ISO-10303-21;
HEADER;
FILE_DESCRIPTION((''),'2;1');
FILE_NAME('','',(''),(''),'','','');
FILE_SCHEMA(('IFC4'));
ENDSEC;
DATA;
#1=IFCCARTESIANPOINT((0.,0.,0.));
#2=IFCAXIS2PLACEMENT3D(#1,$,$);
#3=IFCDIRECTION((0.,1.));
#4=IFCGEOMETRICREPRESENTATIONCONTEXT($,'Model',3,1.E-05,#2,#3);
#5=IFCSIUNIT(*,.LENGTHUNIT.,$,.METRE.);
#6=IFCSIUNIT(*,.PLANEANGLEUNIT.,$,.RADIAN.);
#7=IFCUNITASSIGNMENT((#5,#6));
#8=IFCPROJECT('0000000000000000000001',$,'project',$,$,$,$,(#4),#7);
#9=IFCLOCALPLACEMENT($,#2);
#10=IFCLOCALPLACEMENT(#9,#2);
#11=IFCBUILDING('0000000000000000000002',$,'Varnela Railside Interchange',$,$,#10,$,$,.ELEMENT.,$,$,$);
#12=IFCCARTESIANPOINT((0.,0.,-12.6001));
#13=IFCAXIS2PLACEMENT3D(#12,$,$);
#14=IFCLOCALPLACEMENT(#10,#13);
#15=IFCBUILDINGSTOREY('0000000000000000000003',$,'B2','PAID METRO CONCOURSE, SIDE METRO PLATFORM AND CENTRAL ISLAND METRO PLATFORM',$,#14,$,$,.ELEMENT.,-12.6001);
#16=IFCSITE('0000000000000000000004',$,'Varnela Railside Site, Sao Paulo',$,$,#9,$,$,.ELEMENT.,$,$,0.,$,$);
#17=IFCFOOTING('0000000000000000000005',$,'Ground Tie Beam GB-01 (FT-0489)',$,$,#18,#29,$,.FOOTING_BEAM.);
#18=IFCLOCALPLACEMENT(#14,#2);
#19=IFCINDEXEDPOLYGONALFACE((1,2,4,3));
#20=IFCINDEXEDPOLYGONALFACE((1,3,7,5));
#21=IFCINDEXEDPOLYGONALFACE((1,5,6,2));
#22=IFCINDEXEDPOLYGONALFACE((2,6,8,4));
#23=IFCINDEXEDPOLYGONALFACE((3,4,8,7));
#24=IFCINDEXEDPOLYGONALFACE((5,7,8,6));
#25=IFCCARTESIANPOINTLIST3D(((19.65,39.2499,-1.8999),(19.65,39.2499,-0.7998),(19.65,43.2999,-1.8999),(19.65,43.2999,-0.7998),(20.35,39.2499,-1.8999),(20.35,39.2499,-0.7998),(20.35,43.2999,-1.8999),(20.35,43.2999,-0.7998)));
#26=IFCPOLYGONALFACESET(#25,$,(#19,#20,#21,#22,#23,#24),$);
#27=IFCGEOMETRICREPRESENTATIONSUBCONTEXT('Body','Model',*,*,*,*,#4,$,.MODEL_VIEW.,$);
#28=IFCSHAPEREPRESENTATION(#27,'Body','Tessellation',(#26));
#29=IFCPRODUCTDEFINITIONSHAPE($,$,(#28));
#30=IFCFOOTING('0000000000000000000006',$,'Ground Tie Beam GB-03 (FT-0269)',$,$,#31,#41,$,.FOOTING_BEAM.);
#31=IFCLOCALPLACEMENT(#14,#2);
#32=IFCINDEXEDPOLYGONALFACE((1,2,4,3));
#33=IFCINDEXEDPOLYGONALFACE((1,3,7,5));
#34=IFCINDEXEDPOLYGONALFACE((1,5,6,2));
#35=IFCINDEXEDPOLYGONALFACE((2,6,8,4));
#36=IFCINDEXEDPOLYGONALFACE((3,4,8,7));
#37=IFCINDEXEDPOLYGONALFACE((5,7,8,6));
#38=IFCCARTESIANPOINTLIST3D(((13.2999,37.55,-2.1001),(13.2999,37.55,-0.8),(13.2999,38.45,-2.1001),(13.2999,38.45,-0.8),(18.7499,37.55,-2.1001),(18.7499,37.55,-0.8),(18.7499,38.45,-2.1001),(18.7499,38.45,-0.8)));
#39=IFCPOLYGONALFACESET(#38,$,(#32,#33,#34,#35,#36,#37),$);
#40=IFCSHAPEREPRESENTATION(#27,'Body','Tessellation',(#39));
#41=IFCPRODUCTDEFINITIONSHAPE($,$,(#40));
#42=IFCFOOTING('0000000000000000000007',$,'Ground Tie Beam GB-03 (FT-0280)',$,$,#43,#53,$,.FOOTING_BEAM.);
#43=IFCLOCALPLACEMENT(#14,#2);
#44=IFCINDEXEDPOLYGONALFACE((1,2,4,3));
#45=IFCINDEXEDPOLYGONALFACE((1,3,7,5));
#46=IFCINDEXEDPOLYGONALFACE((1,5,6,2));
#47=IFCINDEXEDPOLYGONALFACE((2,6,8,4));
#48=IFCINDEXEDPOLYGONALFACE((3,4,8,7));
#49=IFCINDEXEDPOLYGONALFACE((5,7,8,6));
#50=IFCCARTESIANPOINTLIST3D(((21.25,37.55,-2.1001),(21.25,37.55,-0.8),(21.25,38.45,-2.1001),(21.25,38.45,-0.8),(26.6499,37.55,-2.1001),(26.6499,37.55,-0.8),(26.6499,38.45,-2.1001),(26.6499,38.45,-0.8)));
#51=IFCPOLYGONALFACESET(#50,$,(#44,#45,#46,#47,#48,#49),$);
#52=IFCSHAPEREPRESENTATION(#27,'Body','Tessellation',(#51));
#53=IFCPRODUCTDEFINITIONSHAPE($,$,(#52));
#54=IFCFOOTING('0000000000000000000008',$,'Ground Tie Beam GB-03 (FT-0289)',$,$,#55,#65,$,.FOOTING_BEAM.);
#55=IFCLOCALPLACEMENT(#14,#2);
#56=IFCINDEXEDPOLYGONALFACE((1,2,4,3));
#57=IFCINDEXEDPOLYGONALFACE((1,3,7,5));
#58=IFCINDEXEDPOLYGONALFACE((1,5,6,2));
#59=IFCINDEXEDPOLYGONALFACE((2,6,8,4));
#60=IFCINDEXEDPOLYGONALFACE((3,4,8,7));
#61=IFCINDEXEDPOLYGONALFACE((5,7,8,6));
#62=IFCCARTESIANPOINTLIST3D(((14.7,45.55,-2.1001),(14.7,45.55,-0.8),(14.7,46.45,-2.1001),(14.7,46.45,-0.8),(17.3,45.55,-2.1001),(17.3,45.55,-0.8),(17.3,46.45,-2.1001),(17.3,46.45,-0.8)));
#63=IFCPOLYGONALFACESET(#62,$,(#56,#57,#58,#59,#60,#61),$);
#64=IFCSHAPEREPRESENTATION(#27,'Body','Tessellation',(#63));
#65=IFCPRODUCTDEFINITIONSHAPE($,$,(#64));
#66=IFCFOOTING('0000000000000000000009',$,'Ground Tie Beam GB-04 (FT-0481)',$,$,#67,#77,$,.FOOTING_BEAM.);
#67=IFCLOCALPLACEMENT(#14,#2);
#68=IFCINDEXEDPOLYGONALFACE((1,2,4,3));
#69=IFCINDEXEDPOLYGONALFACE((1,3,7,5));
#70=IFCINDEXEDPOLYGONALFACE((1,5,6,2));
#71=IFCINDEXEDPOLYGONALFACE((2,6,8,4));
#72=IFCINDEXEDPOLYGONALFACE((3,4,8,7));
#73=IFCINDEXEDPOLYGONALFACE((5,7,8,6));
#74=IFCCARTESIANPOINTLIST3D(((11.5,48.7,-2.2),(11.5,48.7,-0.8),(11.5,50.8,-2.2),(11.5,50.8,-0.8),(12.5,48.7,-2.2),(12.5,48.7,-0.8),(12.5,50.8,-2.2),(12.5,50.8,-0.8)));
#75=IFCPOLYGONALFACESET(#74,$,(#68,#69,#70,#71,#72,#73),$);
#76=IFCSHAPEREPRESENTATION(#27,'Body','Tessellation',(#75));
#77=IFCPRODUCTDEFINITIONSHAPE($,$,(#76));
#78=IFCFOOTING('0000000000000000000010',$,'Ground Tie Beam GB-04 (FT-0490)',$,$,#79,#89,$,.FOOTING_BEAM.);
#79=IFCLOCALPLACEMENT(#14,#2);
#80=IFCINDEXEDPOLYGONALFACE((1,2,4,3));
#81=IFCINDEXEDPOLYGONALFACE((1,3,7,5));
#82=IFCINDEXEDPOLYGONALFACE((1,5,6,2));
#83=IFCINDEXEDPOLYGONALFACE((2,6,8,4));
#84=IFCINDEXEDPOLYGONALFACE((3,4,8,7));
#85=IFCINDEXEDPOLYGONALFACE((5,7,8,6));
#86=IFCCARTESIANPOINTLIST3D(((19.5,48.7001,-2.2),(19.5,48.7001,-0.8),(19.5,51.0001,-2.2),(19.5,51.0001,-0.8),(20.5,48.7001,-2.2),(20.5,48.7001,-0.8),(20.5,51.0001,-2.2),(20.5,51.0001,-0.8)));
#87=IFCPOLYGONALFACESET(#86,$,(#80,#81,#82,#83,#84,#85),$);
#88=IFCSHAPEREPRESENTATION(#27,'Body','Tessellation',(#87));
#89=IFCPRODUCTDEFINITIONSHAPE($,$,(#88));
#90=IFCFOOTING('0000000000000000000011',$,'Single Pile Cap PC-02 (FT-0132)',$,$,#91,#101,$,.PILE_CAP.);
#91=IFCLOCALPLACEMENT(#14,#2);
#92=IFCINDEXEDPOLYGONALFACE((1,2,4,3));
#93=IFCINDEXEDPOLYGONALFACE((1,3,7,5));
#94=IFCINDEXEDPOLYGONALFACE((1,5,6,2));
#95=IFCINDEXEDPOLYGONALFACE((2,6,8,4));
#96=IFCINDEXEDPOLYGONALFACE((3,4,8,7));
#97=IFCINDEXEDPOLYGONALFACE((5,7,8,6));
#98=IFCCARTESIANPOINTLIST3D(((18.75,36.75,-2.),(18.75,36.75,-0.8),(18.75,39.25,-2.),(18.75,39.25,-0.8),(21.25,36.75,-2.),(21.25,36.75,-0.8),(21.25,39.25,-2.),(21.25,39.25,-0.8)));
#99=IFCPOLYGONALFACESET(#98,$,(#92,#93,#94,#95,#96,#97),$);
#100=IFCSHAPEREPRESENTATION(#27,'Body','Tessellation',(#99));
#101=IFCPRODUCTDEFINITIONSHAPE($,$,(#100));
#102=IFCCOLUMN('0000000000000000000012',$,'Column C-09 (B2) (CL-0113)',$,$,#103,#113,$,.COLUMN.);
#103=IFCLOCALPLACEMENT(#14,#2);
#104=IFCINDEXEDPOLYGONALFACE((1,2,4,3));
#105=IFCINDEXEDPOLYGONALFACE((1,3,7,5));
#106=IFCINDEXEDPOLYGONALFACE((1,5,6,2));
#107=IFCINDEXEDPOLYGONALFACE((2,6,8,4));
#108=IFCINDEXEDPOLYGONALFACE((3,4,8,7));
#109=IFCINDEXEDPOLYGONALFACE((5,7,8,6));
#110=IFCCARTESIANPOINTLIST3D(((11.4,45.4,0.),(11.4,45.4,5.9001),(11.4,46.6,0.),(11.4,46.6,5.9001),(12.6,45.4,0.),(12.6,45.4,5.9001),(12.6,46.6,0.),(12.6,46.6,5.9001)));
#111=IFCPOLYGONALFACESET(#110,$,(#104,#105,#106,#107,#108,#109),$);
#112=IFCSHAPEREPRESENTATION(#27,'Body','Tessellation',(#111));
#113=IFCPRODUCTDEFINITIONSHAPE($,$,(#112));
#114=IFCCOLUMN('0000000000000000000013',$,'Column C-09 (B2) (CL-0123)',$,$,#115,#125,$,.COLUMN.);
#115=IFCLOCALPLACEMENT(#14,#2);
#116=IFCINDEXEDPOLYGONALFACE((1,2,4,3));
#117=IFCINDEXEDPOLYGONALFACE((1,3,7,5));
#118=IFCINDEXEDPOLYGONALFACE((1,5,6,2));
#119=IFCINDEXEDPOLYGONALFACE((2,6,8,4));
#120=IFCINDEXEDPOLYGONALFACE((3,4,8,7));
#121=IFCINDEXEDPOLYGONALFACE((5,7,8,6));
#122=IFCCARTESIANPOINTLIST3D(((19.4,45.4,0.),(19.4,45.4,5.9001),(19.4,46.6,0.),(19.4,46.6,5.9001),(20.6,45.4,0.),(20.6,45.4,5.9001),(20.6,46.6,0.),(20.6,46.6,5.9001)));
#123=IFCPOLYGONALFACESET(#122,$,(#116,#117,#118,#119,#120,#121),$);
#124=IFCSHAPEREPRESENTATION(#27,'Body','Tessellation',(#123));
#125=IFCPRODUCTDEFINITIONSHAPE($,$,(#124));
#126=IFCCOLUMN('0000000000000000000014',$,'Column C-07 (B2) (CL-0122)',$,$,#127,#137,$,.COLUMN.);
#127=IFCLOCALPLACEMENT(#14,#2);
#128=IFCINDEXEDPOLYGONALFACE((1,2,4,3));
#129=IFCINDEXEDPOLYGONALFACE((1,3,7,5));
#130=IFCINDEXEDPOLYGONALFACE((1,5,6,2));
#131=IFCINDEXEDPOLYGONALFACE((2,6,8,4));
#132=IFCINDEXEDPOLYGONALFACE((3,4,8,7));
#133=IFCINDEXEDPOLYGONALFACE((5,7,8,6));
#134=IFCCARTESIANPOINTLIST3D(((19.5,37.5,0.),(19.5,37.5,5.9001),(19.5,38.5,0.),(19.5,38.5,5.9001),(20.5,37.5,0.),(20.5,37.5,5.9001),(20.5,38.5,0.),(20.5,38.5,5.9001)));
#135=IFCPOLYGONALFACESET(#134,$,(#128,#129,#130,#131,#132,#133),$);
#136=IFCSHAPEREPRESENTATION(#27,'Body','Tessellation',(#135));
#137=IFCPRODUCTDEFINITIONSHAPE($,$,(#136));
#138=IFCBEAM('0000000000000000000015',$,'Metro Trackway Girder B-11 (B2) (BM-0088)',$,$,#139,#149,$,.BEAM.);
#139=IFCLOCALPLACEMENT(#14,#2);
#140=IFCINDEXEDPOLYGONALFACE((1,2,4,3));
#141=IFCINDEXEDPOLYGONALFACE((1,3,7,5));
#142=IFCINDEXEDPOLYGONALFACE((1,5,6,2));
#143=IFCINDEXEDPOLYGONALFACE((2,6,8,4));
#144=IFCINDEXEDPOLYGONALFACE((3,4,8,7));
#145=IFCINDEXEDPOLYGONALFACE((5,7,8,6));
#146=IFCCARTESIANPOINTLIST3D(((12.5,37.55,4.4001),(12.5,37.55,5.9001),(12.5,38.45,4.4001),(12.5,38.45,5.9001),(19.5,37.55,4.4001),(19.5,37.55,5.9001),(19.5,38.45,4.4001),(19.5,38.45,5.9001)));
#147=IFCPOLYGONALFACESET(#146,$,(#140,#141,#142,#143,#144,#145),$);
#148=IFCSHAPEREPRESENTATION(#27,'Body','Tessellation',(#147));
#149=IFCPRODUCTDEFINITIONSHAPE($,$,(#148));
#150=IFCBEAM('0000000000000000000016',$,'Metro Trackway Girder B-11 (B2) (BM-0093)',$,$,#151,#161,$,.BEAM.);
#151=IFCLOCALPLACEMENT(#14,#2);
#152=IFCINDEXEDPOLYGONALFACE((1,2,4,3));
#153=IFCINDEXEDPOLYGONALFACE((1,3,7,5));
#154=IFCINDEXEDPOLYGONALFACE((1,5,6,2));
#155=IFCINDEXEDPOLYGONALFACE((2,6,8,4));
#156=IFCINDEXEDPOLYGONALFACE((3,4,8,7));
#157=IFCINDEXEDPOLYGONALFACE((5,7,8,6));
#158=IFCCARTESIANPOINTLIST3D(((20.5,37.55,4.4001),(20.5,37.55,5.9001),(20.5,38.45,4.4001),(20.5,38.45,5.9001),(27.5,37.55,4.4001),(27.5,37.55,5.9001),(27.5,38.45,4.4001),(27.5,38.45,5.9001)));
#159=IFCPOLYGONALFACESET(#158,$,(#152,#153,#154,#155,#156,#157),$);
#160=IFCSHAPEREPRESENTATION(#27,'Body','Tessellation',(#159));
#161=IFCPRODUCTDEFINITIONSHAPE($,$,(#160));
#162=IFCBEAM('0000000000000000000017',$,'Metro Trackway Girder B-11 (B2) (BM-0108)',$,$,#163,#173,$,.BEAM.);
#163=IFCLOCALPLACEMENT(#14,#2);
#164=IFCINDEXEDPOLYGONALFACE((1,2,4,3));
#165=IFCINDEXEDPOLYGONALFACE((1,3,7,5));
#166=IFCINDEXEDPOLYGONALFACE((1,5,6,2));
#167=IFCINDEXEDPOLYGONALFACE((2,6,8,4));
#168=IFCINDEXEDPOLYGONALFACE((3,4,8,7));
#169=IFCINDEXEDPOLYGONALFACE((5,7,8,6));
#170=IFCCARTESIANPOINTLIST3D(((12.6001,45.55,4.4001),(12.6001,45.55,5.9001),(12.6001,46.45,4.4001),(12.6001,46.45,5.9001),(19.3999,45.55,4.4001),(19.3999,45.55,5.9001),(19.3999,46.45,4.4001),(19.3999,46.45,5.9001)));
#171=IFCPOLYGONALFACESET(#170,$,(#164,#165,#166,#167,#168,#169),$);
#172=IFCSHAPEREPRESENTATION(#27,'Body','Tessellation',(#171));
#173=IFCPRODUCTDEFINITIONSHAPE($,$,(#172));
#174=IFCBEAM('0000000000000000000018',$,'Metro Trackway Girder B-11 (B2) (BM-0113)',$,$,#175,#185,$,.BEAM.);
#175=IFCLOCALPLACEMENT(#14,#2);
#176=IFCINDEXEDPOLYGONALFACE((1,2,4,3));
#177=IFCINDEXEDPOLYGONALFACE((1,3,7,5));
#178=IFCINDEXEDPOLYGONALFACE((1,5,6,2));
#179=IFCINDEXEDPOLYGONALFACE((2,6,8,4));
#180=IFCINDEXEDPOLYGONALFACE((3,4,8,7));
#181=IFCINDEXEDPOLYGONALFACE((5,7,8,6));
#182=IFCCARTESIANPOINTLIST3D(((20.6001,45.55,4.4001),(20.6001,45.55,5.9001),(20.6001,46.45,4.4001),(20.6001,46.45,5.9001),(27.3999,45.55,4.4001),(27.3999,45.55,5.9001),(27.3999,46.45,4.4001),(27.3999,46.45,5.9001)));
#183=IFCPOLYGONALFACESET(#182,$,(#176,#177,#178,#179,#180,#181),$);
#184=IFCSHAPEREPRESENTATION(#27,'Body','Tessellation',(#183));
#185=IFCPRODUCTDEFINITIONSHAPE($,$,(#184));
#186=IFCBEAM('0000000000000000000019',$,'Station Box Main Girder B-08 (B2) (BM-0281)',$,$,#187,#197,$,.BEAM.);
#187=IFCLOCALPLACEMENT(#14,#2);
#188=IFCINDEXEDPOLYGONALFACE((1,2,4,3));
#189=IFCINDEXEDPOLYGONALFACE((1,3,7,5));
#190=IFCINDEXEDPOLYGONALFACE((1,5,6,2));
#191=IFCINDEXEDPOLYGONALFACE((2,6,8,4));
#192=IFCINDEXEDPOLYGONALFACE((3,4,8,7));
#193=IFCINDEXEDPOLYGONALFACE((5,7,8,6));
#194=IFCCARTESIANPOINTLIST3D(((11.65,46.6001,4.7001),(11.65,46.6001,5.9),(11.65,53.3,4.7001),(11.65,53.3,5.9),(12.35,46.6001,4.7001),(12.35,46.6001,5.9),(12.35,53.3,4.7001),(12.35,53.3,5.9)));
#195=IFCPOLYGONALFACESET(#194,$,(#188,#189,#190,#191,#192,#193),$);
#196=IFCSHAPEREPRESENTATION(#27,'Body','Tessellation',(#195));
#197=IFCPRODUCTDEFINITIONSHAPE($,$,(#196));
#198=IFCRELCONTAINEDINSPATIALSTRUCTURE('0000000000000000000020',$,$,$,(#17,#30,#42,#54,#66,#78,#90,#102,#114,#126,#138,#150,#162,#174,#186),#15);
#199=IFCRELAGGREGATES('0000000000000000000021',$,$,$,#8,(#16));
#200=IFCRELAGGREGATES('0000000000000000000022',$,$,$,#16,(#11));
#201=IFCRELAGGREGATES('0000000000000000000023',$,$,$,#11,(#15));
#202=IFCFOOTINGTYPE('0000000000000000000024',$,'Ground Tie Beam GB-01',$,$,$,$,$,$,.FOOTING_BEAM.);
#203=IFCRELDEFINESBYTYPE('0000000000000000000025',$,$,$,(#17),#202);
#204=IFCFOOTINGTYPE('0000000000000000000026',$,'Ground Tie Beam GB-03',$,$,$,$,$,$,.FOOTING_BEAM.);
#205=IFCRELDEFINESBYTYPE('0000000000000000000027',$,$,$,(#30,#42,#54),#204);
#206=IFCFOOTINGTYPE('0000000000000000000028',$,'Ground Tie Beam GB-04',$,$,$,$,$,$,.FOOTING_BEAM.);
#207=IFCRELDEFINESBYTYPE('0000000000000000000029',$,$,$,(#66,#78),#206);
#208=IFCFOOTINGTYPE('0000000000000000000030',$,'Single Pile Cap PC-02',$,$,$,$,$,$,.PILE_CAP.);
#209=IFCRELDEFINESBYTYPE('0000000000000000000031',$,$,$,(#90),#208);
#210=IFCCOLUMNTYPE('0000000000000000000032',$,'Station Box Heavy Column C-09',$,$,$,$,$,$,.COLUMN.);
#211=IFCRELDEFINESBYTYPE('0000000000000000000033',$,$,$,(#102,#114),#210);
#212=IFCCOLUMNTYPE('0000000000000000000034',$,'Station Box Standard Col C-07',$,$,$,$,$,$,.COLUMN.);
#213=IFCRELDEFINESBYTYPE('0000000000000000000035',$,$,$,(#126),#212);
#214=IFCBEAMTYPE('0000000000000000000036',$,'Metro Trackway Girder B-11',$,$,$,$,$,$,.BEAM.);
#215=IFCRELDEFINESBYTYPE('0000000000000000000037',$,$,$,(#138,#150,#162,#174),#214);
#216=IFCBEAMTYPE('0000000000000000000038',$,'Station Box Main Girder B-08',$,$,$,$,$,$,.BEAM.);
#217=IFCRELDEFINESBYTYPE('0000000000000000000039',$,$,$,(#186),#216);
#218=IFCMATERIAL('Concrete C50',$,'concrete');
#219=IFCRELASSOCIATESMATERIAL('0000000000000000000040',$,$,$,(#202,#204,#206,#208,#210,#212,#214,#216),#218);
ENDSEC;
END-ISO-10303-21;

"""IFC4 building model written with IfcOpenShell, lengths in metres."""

from ifc_helpers import new_model, si_unit, direction, frame, origin, origin_2d, place, context, subcontext, project, spatial, rectangle, extrude, material, material_profile, profile_set, type_object, element, save


model = new_model("IFC4")

# Units and contexts
model_context = context("Model", 3, precision=1e-05, world=origin(), true_north=direction((0.0, 1.0)))
body_context = subcontext(model_context, "Body", "Model", "MODEL_VIEW")
ifc_project = project(units=[si_unit("LENGTHUNIT", "METRE"), si_unit("PLANEANGLEUNIT", "RADIAN")], contexts=[model_context])

# Site, building, storey
site_placement = place(None, origin())
site = spatial("IfcSite", under=ifc_project, at=site_placement, Name="Varnela Railside Site, Sao Paulo", CompositionType="ELEMENT", RefElevation=0.0)
building_placement = place(site_placement, origin())
building = spatial("IfcBuilding", under=site, at=building_placement, Name="Varnela Railside Interchange", CompositionType="ELEMENT")
storey_placement = place(building_placement, frame((0.0, 0.0, -12.6001)))
storey = spatial("IfcBuildingStorey", under=building, at=storey_placement, Name="B2", Description="PAID METRO CONCOURSE, SIDE METRO PLATFORM AND CENTRAL ISLAND METRO PLATFORM", CompositionType="ELEMENT", Elevation=-12.6001)

# Footings
ifc_material_1 = material(Name="Concrete C50", Category="concrete")
footing_type_1 = type_object("IfcFootingType", Name="Ground Tie Beam GB-01", PredefinedType="FOOTING_BEAM", material=ifc_material_1)
footing_1_placement = place(storey_placement, frame((20.0, 41.2749, -1.8999), z_axis=(0.0, 0.0, 1.0), x_axis=(1.0, 0.0, 0.0)))
element("IfcFooting", 1, at=footing_1_placement, inside=storey, type_object=footing_type_1, Name="Ground Tie Beam GB-01 (FT-0489)", PredefinedType="FOOTING_BEAM", context=body_context, shape_type="SweptSolid", body=[
    extrude(rectangle(XDim=0.7, YDim=4.05, at=origin_2d()), origin(), (0.0, 0.0, 1.0), 1.1001),
])
footing_type_2 = type_object("IfcFootingType", Name="Ground Tie Beam GB-03", PredefinedType="FOOTING_BEAM", material=ifc_material_1)
footing_2_placement = place(storey_placement, frame((16.0249, 38.0, -2.1001), z_axis=(0.0, 0.0, 1.0), x_axis=(1.0, 0.0, 0.0)))
element("IfcFooting", 2, at=footing_2_placement, inside=storey, type_object=footing_type_2, Name="Ground Tie Beam GB-03 (FT-0269)", PredefinedType="FOOTING_BEAM", context=body_context, shape_type="SweptSolid", body=[
    extrude(rectangle(XDim=5.45, YDim=0.8999, at=origin_2d()), origin(), (0.0, 0.0, 1.0), 1.3),
])
footing_3_placement = place(storey_placement, frame((23.95, 38.0, -2.1001), z_axis=(0.0, 0.0, 1.0), x_axis=(1.0, 0.0, 0.0)))
element("IfcFooting", 3, at=footing_3_placement, inside=storey, type_object=footing_type_2, Name="Ground Tie Beam GB-03 (FT-0280)", PredefinedType="FOOTING_BEAM", context=body_context, shape_type="SweptSolid", body=[
    extrude(rectangle(XDim=5.3999, YDim=0.8999, at=origin_2d()), origin(), (0.0, 0.0, 1.0), 1.3),
])
footing_4_placement = place(storey_placement, frame((16.0, 46.0, -2.1001), z_axis=(0.0, 0.0, 1.0), x_axis=(1.0, 0.0, 0.0)))
element("IfcFooting", 4, at=footing_4_placement, inside=storey, type_object=footing_type_2, Name="Ground Tie Beam GB-03 (FT-0289)", PredefinedType="FOOTING_BEAM", context=body_context, shape_type="SweptSolid", body=[
    extrude(rectangle(XDim=2.6001, YDim=0.8999, at=origin_2d()), origin(), (0.0, 0.0, 1.0), 1.3),
])
footing_type_3 = type_object("IfcFootingType", Name="Ground Tie Beam GB-04", PredefinedType="FOOTING_BEAM", material=ifc_material_1)
footing_5_placement = place(storey_placement, frame((12.0, 49.75, -2.2), z_axis=(0.0, 0.0, 1.0), x_axis=(1.0, 0.0, 0.0)))
element("IfcFooting", 5, at=footing_5_placement, inside=storey, type_object=footing_type_3, Name="Ground Tie Beam GB-04 (FT-0481)", PredefinedType="FOOTING_BEAM", context=body_context, shape_type="SweptSolid", body=[
    extrude(rectangle(XDim=1.0, YDim=2.1001, at=origin_2d()), origin(), (0.0, 0.0, 1.0), 1.3999),
])
footing_6_placement = place(storey_placement, frame((20.0, 49.8501, -2.2), z_axis=(0.0, 0.0, 1.0), x_axis=(1.0, 0.0, 0.0)))
element("IfcFooting", 6, at=footing_6_placement, inside=storey, type_object=footing_type_3, Name="Ground Tie Beam GB-04 (FT-0490)", PredefinedType="FOOTING_BEAM", context=body_context, shape_type="SweptSolid", body=[
    extrude(rectangle(XDim=1.0, YDim=2.3, at=origin_2d()), origin(), (0.0, 0.0, 1.0), 1.3999),
])
footing_type_4 = type_object("IfcFootingType", Name="Single Pile Cap PC-02", PredefinedType="PILE_CAP", material=ifc_material_1)
footing_7_placement = place(storey_placement, frame((20.0, 38.0, -2.0), z_axis=(0.0, 0.0, 1.0), x_axis=(1.0, 0.0, 0.0)))
element("IfcFooting", 7, at=footing_7_placement, inside=storey, type_object=footing_type_4, Name="Single Pile Cap PC-02 (FT-0132)", PredefinedType="PILE_CAP", context=body_context, shape_type="SweptSolid", body=[
    extrude(rectangle(XDim=2.5, YDim=2.5, at=origin_2d()), origin(), (0.0, 0.0, 1.0), 1.2),
])

# Columns
ifc_material_profile_1 = material_profile(ifc_material_1, rectangle(XDim=1.2, YDim=1.2, at=origin_2d()), Name="RC 1200x1200")
ifc_profile_set_1 = profile_set([ifc_material_profile_1], Name="Concrete C50")
column_type_1 = type_object("IfcColumnType", Name="Station Box Heavy Column C-09", PredefinedType="COLUMN", material=ifc_profile_set_1)
for number, where, z_axis, x_axis, name in (
    (8, (12.0, 46.0, 0.0), (0.0, 0.0, 1.0), (1.0, 0.0, 0.0), "Column C-09 (B2) (CL-0113)"),
    (9, (20.0, 46.0, 0.0), (0.0, 0.0, 1.0), (1.0, 0.0, 0.0), "Column C-09 (B2) (CL-0123)"),
):
    element("IfcColumn", number, at=place(storey_placement, frame(where, z_axis=z_axis, x_axis=x_axis)), inside=storey, type_object=column_type_1, Name=name, PredefinedType="COLUMN", context=body_context, shape_type="SweptSolid", body=[
        extrude(rectangle(XDim=1.2, YDim=1.2, at=origin_2d()), origin(), (0.0, 0.0, 1.0), 5.9001),
    ])
ifc_material_profile_2 = material_profile(ifc_material_1, rectangle(XDim=1.0, YDim=1.0, at=origin_2d()), Name="RC 1000x1000")
ifc_profile_set_2 = profile_set([ifc_material_profile_2], Name="Concrete C50")
column_type_2 = type_object("IfcColumnType", Name="Station Box Standard Col C-07", PredefinedType="COLUMN", material=ifc_profile_set_2)
column_placement = place(storey_placement, frame((20.0, 38.0, 0.0), z_axis=(0.0, 0.0, 1.0), x_axis=(1.0, 0.0, 0.0)))
element("IfcColumn", 10, at=column_placement, inside=storey, type_object=column_type_2, Name="Column C-07 (B2) (CL-0122)", PredefinedType="COLUMN", context=body_context, shape_type="SweptSolid", body=[
    extrude(rectangle(XDim=1.0, YDim=1.0, at=origin_2d()), origin(), (0.0, 0.0, 1.0), 5.9001),
])

# Beams
ifc_material_profile_3 = material_profile(ifc_material_1, rectangle(XDim=0.8999, YDim=1.5, at=origin_2d()), Name="RC 900x1500")
ifc_profile_set_3 = profile_set([ifc_material_profile_3], Name="Concrete C50")
beam_type_1 = type_object("IfcBeamType", Name="Metro Trackway Girder B-11", PredefinedType="BEAM", material=ifc_profile_set_3)
for number, where, z_axis, x_axis, name in (
    (11, (12.5, 38.0, 5.1501), (1.0, 0.0, 0.0), (0.0, 1.0, 0.0), "Metro Trackway Girder B-11 (B2) (BM-0088)"),
    (12, (20.5, 38.0, 5.1501), (1.0, 0.0, 0.0), (0.0, 1.0, 0.0), "Metro Trackway Girder B-11 (B2) (BM-0093)"),
):
    element("IfcBeam", number, at=place(storey_placement, frame(where, z_axis=z_axis, x_axis=x_axis)), inside=storey, type_object=beam_type_1, Name=name, PredefinedType="BEAM", context=body_context, shape_type="SweptSolid", body=[
        extrude(rectangle(XDim=0.8999, YDim=1.5, at=origin_2d()), origin(), (0.0, 0.0, 1.0), 7.0),
    ])
for number, where, z_axis, x_axis, name in (
    (13, (12.6001, 46.0, 5.1501), (1.0, 0.0, 0.0), (0.0, 1.0, 0.0), "Metro Trackway Girder B-11 (B2) (BM-0108)"),
    (14, (20.6001, 46.0, 5.1501), (1.0, 0.0, 0.0), (0.0, 1.0, 0.0), "Metro Trackway Girder B-11 (B2) (BM-0113)"),
):
    element("IfcBeam", number, at=place(storey_placement, frame(where, z_axis=z_axis, x_axis=x_axis)), inside=storey, type_object=beam_type_1, Name=name, PredefinedType="BEAM", context=body_context, shape_type="SweptSolid", body=[
        extrude(rectangle(XDim=0.8999, YDim=1.5, at=origin_2d()), origin(), (0.0, 0.0, 1.0), 6.7998),
    ])
ifc_material_profile_4 = material_profile(ifc_material_1, rectangle(XDim=0.7, YDim=1.2, at=origin_2d()), Name="RC 700x1200")
ifc_profile_set_4 = profile_set([ifc_material_profile_4], Name="Concrete C50")
beam_type_2 = type_object("IfcBeamType", Name="Station Box Main Girder B-08", PredefinedType="BEAM", material=ifc_profile_set_4)
beam_1_placement = place(storey_placement, frame((12.0, 46.6001, 5.3), z_axis=(0.0, 1.0, 0.0), x_axis=(-1.0, 0.0, 0.0)))
element("IfcBeam", 15, at=beam_1_placement, inside=storey, type_object=beam_type_2, Name="Station Box Main Girder B-08 (B2) (BM-0281)", PredefinedType="BEAM", context=body_context, shape_type="SweptSolid", body=[
    extrude(rectangle(XDim=0.7, YDim=1.2, at=origin_2d()), origin(), (0.0, 0.0, 1.0), 6.7),
])

save(model, "model.ifc")
